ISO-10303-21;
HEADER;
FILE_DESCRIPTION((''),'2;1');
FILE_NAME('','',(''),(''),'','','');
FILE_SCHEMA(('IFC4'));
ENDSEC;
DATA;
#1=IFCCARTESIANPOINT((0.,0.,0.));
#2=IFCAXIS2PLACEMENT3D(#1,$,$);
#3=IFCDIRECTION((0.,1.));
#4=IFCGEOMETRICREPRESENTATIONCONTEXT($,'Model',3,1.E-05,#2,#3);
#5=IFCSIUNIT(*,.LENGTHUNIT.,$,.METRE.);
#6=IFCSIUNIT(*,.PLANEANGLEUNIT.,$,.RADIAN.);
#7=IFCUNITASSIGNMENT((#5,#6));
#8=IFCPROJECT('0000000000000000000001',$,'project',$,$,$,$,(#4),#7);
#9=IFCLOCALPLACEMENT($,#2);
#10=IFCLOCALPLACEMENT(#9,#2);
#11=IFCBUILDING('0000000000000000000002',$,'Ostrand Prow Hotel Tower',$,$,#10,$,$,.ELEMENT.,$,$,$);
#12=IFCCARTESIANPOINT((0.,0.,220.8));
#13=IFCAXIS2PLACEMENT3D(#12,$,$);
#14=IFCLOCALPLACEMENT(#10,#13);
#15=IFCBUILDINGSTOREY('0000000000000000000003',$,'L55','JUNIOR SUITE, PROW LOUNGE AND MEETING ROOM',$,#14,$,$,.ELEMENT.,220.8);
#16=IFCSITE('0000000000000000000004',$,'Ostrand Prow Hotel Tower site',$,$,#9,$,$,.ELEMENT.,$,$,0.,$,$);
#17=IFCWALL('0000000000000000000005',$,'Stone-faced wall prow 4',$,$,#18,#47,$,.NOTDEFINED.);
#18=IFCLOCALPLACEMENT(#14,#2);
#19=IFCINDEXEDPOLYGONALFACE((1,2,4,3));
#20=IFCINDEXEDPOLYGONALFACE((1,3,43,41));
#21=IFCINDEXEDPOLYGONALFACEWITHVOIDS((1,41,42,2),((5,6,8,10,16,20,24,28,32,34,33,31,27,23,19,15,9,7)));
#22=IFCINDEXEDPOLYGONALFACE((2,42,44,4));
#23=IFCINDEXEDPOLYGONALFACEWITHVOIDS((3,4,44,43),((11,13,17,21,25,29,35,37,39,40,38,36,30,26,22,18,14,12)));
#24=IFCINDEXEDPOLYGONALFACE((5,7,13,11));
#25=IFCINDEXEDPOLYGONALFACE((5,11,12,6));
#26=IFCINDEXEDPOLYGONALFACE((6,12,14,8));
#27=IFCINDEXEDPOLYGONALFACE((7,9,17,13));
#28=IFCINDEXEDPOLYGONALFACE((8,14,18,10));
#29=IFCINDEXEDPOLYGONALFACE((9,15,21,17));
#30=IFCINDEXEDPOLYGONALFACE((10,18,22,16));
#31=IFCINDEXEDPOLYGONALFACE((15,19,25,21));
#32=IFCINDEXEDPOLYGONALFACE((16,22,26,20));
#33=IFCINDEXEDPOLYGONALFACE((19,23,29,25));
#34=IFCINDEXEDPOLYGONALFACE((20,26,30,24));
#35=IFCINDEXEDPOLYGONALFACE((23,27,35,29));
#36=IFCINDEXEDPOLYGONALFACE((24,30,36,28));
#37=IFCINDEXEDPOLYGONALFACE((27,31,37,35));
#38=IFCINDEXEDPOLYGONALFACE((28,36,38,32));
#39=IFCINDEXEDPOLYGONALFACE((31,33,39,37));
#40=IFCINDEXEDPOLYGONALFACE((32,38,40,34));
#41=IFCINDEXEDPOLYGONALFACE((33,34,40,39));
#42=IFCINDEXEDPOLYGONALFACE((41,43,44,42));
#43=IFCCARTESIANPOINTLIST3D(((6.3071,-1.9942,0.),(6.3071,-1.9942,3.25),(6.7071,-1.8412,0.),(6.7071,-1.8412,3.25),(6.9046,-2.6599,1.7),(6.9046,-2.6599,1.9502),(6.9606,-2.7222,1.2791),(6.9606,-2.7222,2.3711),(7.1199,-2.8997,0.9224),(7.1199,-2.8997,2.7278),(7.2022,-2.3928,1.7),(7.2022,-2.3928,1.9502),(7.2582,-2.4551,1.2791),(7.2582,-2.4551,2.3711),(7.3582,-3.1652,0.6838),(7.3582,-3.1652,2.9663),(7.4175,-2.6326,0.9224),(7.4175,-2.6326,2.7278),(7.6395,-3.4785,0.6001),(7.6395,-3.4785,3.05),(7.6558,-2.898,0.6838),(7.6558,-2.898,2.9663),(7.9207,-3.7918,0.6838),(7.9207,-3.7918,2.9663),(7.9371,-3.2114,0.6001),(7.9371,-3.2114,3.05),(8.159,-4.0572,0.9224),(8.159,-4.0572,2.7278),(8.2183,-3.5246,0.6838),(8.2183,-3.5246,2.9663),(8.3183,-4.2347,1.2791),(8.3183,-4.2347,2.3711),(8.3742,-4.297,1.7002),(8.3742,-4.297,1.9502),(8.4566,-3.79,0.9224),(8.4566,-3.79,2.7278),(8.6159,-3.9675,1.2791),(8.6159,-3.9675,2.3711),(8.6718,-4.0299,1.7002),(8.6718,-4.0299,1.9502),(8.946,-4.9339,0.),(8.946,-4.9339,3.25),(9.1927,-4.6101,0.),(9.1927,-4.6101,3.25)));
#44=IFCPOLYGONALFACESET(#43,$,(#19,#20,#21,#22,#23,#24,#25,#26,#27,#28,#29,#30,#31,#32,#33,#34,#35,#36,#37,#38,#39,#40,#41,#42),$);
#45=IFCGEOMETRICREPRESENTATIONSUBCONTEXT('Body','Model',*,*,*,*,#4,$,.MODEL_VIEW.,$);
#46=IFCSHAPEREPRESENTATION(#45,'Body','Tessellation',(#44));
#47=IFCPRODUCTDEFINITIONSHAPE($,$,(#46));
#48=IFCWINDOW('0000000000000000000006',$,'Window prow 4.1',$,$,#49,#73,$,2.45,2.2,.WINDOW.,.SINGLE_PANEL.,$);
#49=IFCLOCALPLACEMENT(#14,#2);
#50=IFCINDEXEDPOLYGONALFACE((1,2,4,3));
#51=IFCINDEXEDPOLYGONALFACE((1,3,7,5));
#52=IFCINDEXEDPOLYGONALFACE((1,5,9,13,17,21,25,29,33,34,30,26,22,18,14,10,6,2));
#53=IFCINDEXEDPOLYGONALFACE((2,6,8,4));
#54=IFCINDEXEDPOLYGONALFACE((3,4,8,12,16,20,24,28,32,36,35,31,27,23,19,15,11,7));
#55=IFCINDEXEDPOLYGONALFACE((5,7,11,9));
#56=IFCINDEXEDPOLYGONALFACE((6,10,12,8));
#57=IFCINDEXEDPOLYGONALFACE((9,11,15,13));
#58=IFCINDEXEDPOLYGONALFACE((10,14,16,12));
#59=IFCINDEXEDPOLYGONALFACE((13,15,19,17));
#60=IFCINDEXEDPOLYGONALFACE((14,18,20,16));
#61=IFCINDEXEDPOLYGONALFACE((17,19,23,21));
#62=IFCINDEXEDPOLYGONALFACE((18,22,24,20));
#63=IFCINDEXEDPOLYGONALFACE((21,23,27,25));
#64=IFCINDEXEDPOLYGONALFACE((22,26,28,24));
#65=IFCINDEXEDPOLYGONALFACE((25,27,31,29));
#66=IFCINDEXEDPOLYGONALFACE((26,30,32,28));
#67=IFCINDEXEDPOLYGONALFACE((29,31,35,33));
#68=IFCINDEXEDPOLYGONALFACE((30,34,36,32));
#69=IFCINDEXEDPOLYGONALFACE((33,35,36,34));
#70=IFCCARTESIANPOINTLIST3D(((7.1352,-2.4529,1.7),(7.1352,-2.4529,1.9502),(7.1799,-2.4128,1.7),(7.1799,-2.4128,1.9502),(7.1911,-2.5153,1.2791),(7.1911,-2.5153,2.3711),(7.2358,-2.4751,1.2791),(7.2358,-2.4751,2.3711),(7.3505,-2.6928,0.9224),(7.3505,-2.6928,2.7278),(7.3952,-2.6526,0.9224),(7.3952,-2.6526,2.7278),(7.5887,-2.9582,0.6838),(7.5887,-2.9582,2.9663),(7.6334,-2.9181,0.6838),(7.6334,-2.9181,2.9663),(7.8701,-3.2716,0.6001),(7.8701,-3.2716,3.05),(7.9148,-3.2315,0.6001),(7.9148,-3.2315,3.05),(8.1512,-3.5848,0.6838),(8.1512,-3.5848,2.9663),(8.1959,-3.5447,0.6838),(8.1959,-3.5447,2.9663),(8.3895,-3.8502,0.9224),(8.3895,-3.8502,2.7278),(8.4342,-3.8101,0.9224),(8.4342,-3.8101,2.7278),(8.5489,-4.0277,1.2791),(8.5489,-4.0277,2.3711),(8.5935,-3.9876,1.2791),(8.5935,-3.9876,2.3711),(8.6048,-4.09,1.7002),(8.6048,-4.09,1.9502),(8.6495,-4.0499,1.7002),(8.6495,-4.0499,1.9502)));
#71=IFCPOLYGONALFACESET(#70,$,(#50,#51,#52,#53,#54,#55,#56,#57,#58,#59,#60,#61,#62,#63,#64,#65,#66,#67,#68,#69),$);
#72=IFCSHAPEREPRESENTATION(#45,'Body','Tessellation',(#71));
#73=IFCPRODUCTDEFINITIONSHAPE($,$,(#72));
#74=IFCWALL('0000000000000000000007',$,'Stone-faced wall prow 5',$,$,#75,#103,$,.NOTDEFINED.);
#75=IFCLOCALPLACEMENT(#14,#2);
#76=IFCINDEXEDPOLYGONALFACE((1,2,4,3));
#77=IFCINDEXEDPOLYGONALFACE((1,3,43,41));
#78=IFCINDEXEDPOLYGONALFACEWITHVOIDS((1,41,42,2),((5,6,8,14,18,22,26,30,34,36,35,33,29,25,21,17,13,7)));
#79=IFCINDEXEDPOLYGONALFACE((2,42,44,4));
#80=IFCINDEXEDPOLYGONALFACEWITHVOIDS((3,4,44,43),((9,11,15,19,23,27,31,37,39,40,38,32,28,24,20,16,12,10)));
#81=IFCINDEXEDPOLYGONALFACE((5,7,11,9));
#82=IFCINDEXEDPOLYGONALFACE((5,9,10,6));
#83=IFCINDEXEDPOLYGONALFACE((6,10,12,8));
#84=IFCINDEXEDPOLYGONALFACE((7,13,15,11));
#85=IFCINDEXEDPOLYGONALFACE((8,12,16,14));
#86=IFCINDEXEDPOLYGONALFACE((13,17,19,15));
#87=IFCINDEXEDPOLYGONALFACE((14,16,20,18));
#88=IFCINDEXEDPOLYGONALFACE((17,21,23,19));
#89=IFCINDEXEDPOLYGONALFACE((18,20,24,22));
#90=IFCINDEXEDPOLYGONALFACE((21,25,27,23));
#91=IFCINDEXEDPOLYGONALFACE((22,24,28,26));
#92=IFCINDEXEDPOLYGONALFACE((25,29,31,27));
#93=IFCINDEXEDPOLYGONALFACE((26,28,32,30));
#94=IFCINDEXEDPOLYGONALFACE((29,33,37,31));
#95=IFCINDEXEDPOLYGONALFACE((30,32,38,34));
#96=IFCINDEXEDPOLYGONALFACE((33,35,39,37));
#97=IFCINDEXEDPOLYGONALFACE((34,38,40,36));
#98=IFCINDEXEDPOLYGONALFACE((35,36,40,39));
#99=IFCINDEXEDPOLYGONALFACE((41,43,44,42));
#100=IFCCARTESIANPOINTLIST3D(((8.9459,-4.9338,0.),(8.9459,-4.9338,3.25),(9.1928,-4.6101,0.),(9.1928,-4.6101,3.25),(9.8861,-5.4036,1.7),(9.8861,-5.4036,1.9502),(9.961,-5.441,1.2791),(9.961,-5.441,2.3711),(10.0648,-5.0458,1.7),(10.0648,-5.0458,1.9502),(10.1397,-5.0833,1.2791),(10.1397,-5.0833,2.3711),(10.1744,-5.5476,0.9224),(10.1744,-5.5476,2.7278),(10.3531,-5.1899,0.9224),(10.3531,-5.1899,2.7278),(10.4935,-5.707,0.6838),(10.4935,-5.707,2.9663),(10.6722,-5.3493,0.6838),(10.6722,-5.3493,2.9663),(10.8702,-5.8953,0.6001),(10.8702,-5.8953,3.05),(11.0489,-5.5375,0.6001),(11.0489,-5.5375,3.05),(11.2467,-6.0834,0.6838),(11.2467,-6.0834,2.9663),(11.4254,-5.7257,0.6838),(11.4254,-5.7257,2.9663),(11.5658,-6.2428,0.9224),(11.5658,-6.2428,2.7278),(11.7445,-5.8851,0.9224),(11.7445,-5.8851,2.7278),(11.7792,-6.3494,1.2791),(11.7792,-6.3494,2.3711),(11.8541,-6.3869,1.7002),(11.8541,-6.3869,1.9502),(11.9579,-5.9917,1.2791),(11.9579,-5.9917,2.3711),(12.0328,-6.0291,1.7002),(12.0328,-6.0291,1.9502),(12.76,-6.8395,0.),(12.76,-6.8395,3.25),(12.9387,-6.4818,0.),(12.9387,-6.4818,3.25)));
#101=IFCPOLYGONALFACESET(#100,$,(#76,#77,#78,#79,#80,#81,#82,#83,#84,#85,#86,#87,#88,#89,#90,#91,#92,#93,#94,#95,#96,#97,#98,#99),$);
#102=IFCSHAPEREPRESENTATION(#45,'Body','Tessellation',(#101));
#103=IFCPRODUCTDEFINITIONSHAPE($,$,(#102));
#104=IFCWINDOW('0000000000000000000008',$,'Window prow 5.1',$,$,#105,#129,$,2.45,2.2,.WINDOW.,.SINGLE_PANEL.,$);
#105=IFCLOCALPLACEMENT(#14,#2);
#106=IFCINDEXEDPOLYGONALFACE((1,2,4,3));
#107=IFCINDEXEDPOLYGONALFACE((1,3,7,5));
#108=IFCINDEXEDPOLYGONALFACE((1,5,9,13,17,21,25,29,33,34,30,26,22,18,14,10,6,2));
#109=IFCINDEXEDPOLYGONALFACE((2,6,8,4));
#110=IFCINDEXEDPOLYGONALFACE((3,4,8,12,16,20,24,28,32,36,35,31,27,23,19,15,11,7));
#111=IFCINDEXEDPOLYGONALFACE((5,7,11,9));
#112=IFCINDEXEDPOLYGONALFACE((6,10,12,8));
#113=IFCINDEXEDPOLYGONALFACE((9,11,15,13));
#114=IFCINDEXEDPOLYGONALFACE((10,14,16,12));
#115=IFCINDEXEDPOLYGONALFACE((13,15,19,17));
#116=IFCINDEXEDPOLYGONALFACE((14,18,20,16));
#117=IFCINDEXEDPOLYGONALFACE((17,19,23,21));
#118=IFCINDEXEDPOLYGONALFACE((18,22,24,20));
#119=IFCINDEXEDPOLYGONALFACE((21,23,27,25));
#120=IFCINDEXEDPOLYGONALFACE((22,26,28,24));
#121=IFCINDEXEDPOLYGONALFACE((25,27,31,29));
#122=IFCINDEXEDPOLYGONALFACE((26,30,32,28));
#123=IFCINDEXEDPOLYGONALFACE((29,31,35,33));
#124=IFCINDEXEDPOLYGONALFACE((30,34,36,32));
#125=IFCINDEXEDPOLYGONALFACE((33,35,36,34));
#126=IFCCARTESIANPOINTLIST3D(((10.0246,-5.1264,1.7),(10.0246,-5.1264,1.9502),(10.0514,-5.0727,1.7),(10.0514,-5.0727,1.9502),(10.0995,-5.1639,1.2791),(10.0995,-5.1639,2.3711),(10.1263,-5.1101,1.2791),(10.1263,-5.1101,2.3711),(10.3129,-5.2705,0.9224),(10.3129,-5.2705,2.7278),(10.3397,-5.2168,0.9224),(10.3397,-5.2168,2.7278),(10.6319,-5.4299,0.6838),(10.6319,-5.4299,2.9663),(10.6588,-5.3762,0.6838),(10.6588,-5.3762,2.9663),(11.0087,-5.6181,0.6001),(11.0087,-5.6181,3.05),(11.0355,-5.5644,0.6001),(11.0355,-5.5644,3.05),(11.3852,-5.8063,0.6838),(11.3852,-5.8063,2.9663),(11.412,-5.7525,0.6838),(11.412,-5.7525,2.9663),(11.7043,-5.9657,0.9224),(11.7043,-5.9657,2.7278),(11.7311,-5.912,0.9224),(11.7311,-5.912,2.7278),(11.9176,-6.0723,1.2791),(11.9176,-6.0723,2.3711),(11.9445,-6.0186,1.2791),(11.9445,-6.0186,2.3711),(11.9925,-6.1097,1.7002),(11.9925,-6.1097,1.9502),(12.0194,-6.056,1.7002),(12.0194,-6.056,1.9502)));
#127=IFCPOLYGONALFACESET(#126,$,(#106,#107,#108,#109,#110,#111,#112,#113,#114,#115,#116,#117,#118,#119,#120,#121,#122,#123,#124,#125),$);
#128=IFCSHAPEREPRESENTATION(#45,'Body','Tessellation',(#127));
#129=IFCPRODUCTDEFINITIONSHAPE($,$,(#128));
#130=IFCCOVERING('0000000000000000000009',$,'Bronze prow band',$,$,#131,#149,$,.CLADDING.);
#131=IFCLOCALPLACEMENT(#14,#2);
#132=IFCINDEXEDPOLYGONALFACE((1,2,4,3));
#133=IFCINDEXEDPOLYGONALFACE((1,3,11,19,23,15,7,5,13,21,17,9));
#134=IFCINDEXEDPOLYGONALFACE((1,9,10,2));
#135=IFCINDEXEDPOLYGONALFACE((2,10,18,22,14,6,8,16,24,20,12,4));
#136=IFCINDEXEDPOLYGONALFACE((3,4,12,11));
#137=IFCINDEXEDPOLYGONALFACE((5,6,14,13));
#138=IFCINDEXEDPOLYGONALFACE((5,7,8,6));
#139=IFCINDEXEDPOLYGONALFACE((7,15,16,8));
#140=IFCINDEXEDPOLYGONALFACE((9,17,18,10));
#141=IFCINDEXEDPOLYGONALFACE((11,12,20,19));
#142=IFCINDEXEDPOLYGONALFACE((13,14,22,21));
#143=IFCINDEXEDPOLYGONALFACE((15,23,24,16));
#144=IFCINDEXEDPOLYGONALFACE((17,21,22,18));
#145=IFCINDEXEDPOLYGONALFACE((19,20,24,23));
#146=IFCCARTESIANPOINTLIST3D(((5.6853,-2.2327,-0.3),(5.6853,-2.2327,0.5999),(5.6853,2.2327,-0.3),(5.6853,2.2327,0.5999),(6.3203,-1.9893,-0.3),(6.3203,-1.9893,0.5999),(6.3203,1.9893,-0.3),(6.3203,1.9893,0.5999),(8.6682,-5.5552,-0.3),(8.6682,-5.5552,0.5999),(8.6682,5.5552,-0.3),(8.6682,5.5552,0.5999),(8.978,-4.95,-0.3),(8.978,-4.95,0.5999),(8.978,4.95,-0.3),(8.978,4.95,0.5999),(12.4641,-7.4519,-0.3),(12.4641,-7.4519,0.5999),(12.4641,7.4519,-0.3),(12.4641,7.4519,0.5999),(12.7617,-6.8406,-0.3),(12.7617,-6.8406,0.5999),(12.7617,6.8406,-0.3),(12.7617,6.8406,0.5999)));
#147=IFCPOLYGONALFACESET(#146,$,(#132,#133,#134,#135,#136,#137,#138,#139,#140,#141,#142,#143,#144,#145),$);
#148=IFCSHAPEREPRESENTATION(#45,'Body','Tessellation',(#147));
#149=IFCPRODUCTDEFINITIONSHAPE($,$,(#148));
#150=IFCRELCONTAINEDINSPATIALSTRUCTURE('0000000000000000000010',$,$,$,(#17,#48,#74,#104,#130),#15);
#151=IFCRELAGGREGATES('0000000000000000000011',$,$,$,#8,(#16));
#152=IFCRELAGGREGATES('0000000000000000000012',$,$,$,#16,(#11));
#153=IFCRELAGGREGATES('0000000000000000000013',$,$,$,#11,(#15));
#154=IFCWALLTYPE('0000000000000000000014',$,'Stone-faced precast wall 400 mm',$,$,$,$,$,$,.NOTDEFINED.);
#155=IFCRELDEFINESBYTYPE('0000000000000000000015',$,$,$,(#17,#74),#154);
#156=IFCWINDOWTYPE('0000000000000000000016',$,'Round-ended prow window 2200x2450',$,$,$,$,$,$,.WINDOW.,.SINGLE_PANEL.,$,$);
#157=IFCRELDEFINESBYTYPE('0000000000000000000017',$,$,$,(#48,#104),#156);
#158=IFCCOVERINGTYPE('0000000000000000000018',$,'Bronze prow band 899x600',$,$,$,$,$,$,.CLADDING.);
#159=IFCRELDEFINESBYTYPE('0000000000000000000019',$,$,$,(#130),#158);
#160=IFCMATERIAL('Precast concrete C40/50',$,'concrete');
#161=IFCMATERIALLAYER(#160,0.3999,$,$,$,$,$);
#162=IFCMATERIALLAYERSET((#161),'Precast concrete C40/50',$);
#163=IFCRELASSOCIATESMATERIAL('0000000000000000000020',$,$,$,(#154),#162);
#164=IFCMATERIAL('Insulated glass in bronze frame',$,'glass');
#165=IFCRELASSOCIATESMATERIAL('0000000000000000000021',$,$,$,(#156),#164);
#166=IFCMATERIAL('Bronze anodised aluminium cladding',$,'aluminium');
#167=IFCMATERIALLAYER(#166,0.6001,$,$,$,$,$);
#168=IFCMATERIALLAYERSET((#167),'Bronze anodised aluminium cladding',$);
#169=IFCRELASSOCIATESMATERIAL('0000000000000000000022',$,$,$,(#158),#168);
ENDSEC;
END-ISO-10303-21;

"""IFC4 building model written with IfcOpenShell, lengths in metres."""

from ifc_helpers import new_model, si_unit, direction, frame, origin, place, context, subcontext, project, spatial, polyline, outline, extrude, material, layer, layer_set, type_object, element, fill, save


model = new_model("IFC4")

# Units and contexts
model_context = context("Model", 3, precision=1e-05, world=origin(), true_north=direction((0.0, 1.0)))
body_context = subcontext(model_context, "Body", "Model", "MODEL_VIEW")
ifc_project = project(units=[si_unit("LENGTHUNIT", "METRE"), si_unit("PLANEANGLEUNIT", "RADIAN")], contexts=[model_context])

# Site, building, storey
site_placement = place(None, origin())
site = spatial("IfcSite", under=ifc_project, at=site_placement, Name="Ostrand Prow Hotel Tower site", CompositionType="ELEMENT", RefElevation=0.0)
building_placement = place(site_placement, origin())
building = spatial("IfcBuilding", under=site, at=building_placement, Name="Ostrand Prow Hotel Tower", CompositionType="ELEMENT")
storey_placement = place(building_placement, frame((0.0, 0.0, 220.8)))
storey = spatial("IfcBuildingStorey", under=building, at=storey_placement, Name="L55", Description="JUNIOR SUITE, PROW LOUNGE AND MEETING ROOM", CompositionType="ELEMENT", Elevation=220.8)

# Walls, openings, windows
ifc_material_1 = material(Name="Precast concrete C40/50", Category="concrete")
ifc_layer_1 = layer(ifc_material_1, 0.3999)
ifc_layer_set_1 = layer_set([ifc_layer_1], Name="Precast concrete C40/50")
wall_type_1 = type_object("IfcWallType", Name="Stone-faced precast wall 400 mm", PredefinedType="NOTDEFINED", material=ifc_layer_set_1)
wall_1_placement = place(storey_placement, frame((6.5071, -1.9177, 0.0), z_axis=(0.0, 0.0, 1.0), x_axis=(0.668018, -0.744145, 0.0)))
wall_1 = element("IfcWall", 1, at=wall_1_placement, inside=storey, type_object=wall_type_1, Name="Stone-faced wall prow 4", PredefinedType="NOTDEFINED", context=body_context, shape_type="SweptSolid", body=[
    extrude(outline(polyline([(-0.0767, -0.2), (3.8738, -0.2), (3.7976, 0.2), (0.0767, 0.2), (-0.0767, -0.2)])), origin(), (0.0, 0.0, 1.0), 3.25),
])
opening_1_placement = place(wall_1_placement, frame((0.8179, 0.0, 0.6001)))
opening_1 = element("IfcOpeningElement", 2, at=opening_1_placement, cuts=wall_1, PredefinedType="OPENING", context=body_context, shape_type="SweptSolid", body=[
    extrude(outline(polyline([(0.0, 1.3501), (0.0837, 1.771), (0.3223, 2.1277), (0.679, 2.3662), (1.1001, 2.45), (1.521, 2.3662), (1.8777, 2.1277), (2.1162, 1.771), (2.2, 1.3501), (2.2, 1.1001), (2.1162, 0.679), (1.8777, 0.3223), (1.521, 0.0837), (1.1001, 0.0), (0.679, 0.0837), (0.3223, 0.3223), (0.0837, 0.679), (0.0, 1.0999), (0.0, 1.3501)])), frame((0.0, 0.21, 0.0), z_axis=(0.0, -1.0, 0.0), x_axis=(1.0, 0.0, 0.0)), (0.0, 0.0, 1.0), 0.4199),
])
ifc_material_2 = material(Name="Insulated glass in bronze frame", Category="glass")
window_type = type_object("IfcWindowType", Name="Round-ended prow window 2200x2450", PartitioningType="SINGLE_PANEL", PredefinedType="WINDOW", material=ifc_material_2)
window_1_placement = place(opening_1_placement, origin())
window_1 = element("IfcWindow", 3, at=window_1_placement, inside=storey, type_object=window_type, Name="Window prow 4.1", OverallHeight=2.45, OverallWidth=2.2, PartitioningType="SINGLE_PANEL", PredefinedType="WINDOW", context=body_context, shape_type="SweptSolid", body=[
    extrude(outline(polyline([(0.0, 1.3501), (0.0837, 1.771), (0.3223, 2.1277), (0.679, 2.3662), (1.1001, 2.45), (1.521, 2.3662), (1.8777, 2.1277), (2.1162, 1.771), (2.2, 1.3501), (2.2, 1.1001), (2.1162, 0.679), (1.8777, 0.3223), (1.521, 0.0837), (1.1001, 0.0), (0.679, 0.0837), (0.3223, 0.3223), (0.0837, 0.679), (0.0, 1.0999), (0.0, 1.3501)])), frame((0.0, 0.1699, 0.0), z_axis=(0.0, -1.0, 0.0), x_axis=(1.0, 0.0, 0.0)), (0.0, 0.0, 1.0), 0.0601),
])
fill(opening_1, window_1)
wall_2_placement = place(storey_placement, frame((9.0693, -4.772, 0.0), z_axis=(0.0, 0.0, 1.0), x_axis=(0.894554, -0.446959, 0.0)))
wall_2 = element("IfcWall", 4, at=wall_2_placement, inside=storey, type_object=wall_type_1, Name="Stone-faced wall prow 5", PredefinedType="NOTDEFINED", context=body_context, shape_type="SweptSolid", body=[
    extrude(outline(polyline([(-0.0381, -0.2), (4.2256, -0.2), (4.2256, 0.2), (0.0381, 0.2), (-0.0381, -0.2)])), origin(), (0.0, 0.0, 1.0), 3.25),
])
opening_2_placement = place(wall_2_placement, frame((1.0129, 0.0, 0.6001)))
opening_2 = element("IfcOpeningElement", 5, at=opening_2_placement, cuts=wall_2, PredefinedType="OPENING", context=body_context, shape_type="SweptSolid", body=[
    extrude(outline(polyline([(0.0, 1.3501), (0.0837, 1.771), (0.3223, 2.1277), (0.679, 2.3662), (1.1001, 2.45), (1.521, 2.3662), (1.8777, 2.1277), (2.1162, 1.771), (2.2, 1.3501), (2.2, 1.1001), (2.1162, 0.679), (1.8777, 0.3223), (1.521, 0.0837), (1.1001, 0.0), (0.679, 0.0837), (0.3223, 0.3223), (0.0837, 0.679), (0.0, 1.0999), (0.0, 1.3501)])), frame((0.0, 0.21, 0.0), z_axis=(0.0, -1.0, 0.0), x_axis=(1.0, 0.0, 0.0)), (0.0, 0.0, 1.0), 0.4199),
])
window_2_placement = place(opening_2_placement, origin())
window_2 = element("IfcWindow", 6, at=window_2_placement, inside=storey, type_object=window_type, Name="Window prow 5.1", OverallHeight=2.45, OverallWidth=2.2, PartitioningType="SINGLE_PANEL", PredefinedType="WINDOW", context=body_context, shape_type="SweptSolid", body=[
    extrude(outline(polyline([(0.0, 1.3501), (0.0837, 1.771), (0.3223, 2.1277), (0.679, 2.3662), (1.1001, 2.45), (1.521, 2.3662), (1.8777, 2.1277), (2.1162, 1.771), (2.2, 1.3501), (2.2, 1.1001), (2.1162, 0.679), (1.8777, 0.3223), (1.521, 0.0837), (1.1001, 0.0), (0.679, 0.0837), (0.3223, 0.3223), (0.0837, 0.679), (0.0, 1.0999), (0.0, 1.3501)])), frame((0.0, 0.1699, 0.0), z_axis=(0.0, -1.0, 0.0), x_axis=(1.0, 0.0, 0.0)), (0.0, 0.0, 1.0), 0.0601),
])
fill(opening_2, window_2)

# Covering
ifc_material_3 = material(Name="Bronze anodised aluminium cladding", Category="aluminium")
ifc_layer_2 = layer(ifc_material_3, 0.6001)
ifc_layer_set_2 = layer_set([ifc_layer_2], Name="Bronze anodised aluminium cladding")
covering_type_1 = type_object("IfcCoveringType", Name="Bronze prow band 899x600", PredefinedType="CLADDING", material=ifc_layer_set_2)
covering_1_placement = place(storey_placement, frame((0.0, 0.0, -0.3)))
element("IfcCovering", 7, at=covering_1_placement, inside=storey, type_object=covering_type_1, Name="Bronze prow band", PredefinedType="CLADDING", context=body_context, shape_type="SweptSolid", body=[
    extrude(outline(polyline([(12.4641, 7.4519), (8.6682, 5.5552), (5.6853, 2.2327), (5.6853, -2.2327), (8.6682, -5.5552), (12.4641, -7.4519), (12.7617, -6.8406), (8.978, -4.95), (6.3203, -1.9893), (6.3203, 1.9893), (8.978, 4.95), (12.7617, 6.8406), (12.4641, 7.4519)])), origin(), (0.0, 0.0, 1.0), 0.8999),
])

save(model, "model.ifc")
